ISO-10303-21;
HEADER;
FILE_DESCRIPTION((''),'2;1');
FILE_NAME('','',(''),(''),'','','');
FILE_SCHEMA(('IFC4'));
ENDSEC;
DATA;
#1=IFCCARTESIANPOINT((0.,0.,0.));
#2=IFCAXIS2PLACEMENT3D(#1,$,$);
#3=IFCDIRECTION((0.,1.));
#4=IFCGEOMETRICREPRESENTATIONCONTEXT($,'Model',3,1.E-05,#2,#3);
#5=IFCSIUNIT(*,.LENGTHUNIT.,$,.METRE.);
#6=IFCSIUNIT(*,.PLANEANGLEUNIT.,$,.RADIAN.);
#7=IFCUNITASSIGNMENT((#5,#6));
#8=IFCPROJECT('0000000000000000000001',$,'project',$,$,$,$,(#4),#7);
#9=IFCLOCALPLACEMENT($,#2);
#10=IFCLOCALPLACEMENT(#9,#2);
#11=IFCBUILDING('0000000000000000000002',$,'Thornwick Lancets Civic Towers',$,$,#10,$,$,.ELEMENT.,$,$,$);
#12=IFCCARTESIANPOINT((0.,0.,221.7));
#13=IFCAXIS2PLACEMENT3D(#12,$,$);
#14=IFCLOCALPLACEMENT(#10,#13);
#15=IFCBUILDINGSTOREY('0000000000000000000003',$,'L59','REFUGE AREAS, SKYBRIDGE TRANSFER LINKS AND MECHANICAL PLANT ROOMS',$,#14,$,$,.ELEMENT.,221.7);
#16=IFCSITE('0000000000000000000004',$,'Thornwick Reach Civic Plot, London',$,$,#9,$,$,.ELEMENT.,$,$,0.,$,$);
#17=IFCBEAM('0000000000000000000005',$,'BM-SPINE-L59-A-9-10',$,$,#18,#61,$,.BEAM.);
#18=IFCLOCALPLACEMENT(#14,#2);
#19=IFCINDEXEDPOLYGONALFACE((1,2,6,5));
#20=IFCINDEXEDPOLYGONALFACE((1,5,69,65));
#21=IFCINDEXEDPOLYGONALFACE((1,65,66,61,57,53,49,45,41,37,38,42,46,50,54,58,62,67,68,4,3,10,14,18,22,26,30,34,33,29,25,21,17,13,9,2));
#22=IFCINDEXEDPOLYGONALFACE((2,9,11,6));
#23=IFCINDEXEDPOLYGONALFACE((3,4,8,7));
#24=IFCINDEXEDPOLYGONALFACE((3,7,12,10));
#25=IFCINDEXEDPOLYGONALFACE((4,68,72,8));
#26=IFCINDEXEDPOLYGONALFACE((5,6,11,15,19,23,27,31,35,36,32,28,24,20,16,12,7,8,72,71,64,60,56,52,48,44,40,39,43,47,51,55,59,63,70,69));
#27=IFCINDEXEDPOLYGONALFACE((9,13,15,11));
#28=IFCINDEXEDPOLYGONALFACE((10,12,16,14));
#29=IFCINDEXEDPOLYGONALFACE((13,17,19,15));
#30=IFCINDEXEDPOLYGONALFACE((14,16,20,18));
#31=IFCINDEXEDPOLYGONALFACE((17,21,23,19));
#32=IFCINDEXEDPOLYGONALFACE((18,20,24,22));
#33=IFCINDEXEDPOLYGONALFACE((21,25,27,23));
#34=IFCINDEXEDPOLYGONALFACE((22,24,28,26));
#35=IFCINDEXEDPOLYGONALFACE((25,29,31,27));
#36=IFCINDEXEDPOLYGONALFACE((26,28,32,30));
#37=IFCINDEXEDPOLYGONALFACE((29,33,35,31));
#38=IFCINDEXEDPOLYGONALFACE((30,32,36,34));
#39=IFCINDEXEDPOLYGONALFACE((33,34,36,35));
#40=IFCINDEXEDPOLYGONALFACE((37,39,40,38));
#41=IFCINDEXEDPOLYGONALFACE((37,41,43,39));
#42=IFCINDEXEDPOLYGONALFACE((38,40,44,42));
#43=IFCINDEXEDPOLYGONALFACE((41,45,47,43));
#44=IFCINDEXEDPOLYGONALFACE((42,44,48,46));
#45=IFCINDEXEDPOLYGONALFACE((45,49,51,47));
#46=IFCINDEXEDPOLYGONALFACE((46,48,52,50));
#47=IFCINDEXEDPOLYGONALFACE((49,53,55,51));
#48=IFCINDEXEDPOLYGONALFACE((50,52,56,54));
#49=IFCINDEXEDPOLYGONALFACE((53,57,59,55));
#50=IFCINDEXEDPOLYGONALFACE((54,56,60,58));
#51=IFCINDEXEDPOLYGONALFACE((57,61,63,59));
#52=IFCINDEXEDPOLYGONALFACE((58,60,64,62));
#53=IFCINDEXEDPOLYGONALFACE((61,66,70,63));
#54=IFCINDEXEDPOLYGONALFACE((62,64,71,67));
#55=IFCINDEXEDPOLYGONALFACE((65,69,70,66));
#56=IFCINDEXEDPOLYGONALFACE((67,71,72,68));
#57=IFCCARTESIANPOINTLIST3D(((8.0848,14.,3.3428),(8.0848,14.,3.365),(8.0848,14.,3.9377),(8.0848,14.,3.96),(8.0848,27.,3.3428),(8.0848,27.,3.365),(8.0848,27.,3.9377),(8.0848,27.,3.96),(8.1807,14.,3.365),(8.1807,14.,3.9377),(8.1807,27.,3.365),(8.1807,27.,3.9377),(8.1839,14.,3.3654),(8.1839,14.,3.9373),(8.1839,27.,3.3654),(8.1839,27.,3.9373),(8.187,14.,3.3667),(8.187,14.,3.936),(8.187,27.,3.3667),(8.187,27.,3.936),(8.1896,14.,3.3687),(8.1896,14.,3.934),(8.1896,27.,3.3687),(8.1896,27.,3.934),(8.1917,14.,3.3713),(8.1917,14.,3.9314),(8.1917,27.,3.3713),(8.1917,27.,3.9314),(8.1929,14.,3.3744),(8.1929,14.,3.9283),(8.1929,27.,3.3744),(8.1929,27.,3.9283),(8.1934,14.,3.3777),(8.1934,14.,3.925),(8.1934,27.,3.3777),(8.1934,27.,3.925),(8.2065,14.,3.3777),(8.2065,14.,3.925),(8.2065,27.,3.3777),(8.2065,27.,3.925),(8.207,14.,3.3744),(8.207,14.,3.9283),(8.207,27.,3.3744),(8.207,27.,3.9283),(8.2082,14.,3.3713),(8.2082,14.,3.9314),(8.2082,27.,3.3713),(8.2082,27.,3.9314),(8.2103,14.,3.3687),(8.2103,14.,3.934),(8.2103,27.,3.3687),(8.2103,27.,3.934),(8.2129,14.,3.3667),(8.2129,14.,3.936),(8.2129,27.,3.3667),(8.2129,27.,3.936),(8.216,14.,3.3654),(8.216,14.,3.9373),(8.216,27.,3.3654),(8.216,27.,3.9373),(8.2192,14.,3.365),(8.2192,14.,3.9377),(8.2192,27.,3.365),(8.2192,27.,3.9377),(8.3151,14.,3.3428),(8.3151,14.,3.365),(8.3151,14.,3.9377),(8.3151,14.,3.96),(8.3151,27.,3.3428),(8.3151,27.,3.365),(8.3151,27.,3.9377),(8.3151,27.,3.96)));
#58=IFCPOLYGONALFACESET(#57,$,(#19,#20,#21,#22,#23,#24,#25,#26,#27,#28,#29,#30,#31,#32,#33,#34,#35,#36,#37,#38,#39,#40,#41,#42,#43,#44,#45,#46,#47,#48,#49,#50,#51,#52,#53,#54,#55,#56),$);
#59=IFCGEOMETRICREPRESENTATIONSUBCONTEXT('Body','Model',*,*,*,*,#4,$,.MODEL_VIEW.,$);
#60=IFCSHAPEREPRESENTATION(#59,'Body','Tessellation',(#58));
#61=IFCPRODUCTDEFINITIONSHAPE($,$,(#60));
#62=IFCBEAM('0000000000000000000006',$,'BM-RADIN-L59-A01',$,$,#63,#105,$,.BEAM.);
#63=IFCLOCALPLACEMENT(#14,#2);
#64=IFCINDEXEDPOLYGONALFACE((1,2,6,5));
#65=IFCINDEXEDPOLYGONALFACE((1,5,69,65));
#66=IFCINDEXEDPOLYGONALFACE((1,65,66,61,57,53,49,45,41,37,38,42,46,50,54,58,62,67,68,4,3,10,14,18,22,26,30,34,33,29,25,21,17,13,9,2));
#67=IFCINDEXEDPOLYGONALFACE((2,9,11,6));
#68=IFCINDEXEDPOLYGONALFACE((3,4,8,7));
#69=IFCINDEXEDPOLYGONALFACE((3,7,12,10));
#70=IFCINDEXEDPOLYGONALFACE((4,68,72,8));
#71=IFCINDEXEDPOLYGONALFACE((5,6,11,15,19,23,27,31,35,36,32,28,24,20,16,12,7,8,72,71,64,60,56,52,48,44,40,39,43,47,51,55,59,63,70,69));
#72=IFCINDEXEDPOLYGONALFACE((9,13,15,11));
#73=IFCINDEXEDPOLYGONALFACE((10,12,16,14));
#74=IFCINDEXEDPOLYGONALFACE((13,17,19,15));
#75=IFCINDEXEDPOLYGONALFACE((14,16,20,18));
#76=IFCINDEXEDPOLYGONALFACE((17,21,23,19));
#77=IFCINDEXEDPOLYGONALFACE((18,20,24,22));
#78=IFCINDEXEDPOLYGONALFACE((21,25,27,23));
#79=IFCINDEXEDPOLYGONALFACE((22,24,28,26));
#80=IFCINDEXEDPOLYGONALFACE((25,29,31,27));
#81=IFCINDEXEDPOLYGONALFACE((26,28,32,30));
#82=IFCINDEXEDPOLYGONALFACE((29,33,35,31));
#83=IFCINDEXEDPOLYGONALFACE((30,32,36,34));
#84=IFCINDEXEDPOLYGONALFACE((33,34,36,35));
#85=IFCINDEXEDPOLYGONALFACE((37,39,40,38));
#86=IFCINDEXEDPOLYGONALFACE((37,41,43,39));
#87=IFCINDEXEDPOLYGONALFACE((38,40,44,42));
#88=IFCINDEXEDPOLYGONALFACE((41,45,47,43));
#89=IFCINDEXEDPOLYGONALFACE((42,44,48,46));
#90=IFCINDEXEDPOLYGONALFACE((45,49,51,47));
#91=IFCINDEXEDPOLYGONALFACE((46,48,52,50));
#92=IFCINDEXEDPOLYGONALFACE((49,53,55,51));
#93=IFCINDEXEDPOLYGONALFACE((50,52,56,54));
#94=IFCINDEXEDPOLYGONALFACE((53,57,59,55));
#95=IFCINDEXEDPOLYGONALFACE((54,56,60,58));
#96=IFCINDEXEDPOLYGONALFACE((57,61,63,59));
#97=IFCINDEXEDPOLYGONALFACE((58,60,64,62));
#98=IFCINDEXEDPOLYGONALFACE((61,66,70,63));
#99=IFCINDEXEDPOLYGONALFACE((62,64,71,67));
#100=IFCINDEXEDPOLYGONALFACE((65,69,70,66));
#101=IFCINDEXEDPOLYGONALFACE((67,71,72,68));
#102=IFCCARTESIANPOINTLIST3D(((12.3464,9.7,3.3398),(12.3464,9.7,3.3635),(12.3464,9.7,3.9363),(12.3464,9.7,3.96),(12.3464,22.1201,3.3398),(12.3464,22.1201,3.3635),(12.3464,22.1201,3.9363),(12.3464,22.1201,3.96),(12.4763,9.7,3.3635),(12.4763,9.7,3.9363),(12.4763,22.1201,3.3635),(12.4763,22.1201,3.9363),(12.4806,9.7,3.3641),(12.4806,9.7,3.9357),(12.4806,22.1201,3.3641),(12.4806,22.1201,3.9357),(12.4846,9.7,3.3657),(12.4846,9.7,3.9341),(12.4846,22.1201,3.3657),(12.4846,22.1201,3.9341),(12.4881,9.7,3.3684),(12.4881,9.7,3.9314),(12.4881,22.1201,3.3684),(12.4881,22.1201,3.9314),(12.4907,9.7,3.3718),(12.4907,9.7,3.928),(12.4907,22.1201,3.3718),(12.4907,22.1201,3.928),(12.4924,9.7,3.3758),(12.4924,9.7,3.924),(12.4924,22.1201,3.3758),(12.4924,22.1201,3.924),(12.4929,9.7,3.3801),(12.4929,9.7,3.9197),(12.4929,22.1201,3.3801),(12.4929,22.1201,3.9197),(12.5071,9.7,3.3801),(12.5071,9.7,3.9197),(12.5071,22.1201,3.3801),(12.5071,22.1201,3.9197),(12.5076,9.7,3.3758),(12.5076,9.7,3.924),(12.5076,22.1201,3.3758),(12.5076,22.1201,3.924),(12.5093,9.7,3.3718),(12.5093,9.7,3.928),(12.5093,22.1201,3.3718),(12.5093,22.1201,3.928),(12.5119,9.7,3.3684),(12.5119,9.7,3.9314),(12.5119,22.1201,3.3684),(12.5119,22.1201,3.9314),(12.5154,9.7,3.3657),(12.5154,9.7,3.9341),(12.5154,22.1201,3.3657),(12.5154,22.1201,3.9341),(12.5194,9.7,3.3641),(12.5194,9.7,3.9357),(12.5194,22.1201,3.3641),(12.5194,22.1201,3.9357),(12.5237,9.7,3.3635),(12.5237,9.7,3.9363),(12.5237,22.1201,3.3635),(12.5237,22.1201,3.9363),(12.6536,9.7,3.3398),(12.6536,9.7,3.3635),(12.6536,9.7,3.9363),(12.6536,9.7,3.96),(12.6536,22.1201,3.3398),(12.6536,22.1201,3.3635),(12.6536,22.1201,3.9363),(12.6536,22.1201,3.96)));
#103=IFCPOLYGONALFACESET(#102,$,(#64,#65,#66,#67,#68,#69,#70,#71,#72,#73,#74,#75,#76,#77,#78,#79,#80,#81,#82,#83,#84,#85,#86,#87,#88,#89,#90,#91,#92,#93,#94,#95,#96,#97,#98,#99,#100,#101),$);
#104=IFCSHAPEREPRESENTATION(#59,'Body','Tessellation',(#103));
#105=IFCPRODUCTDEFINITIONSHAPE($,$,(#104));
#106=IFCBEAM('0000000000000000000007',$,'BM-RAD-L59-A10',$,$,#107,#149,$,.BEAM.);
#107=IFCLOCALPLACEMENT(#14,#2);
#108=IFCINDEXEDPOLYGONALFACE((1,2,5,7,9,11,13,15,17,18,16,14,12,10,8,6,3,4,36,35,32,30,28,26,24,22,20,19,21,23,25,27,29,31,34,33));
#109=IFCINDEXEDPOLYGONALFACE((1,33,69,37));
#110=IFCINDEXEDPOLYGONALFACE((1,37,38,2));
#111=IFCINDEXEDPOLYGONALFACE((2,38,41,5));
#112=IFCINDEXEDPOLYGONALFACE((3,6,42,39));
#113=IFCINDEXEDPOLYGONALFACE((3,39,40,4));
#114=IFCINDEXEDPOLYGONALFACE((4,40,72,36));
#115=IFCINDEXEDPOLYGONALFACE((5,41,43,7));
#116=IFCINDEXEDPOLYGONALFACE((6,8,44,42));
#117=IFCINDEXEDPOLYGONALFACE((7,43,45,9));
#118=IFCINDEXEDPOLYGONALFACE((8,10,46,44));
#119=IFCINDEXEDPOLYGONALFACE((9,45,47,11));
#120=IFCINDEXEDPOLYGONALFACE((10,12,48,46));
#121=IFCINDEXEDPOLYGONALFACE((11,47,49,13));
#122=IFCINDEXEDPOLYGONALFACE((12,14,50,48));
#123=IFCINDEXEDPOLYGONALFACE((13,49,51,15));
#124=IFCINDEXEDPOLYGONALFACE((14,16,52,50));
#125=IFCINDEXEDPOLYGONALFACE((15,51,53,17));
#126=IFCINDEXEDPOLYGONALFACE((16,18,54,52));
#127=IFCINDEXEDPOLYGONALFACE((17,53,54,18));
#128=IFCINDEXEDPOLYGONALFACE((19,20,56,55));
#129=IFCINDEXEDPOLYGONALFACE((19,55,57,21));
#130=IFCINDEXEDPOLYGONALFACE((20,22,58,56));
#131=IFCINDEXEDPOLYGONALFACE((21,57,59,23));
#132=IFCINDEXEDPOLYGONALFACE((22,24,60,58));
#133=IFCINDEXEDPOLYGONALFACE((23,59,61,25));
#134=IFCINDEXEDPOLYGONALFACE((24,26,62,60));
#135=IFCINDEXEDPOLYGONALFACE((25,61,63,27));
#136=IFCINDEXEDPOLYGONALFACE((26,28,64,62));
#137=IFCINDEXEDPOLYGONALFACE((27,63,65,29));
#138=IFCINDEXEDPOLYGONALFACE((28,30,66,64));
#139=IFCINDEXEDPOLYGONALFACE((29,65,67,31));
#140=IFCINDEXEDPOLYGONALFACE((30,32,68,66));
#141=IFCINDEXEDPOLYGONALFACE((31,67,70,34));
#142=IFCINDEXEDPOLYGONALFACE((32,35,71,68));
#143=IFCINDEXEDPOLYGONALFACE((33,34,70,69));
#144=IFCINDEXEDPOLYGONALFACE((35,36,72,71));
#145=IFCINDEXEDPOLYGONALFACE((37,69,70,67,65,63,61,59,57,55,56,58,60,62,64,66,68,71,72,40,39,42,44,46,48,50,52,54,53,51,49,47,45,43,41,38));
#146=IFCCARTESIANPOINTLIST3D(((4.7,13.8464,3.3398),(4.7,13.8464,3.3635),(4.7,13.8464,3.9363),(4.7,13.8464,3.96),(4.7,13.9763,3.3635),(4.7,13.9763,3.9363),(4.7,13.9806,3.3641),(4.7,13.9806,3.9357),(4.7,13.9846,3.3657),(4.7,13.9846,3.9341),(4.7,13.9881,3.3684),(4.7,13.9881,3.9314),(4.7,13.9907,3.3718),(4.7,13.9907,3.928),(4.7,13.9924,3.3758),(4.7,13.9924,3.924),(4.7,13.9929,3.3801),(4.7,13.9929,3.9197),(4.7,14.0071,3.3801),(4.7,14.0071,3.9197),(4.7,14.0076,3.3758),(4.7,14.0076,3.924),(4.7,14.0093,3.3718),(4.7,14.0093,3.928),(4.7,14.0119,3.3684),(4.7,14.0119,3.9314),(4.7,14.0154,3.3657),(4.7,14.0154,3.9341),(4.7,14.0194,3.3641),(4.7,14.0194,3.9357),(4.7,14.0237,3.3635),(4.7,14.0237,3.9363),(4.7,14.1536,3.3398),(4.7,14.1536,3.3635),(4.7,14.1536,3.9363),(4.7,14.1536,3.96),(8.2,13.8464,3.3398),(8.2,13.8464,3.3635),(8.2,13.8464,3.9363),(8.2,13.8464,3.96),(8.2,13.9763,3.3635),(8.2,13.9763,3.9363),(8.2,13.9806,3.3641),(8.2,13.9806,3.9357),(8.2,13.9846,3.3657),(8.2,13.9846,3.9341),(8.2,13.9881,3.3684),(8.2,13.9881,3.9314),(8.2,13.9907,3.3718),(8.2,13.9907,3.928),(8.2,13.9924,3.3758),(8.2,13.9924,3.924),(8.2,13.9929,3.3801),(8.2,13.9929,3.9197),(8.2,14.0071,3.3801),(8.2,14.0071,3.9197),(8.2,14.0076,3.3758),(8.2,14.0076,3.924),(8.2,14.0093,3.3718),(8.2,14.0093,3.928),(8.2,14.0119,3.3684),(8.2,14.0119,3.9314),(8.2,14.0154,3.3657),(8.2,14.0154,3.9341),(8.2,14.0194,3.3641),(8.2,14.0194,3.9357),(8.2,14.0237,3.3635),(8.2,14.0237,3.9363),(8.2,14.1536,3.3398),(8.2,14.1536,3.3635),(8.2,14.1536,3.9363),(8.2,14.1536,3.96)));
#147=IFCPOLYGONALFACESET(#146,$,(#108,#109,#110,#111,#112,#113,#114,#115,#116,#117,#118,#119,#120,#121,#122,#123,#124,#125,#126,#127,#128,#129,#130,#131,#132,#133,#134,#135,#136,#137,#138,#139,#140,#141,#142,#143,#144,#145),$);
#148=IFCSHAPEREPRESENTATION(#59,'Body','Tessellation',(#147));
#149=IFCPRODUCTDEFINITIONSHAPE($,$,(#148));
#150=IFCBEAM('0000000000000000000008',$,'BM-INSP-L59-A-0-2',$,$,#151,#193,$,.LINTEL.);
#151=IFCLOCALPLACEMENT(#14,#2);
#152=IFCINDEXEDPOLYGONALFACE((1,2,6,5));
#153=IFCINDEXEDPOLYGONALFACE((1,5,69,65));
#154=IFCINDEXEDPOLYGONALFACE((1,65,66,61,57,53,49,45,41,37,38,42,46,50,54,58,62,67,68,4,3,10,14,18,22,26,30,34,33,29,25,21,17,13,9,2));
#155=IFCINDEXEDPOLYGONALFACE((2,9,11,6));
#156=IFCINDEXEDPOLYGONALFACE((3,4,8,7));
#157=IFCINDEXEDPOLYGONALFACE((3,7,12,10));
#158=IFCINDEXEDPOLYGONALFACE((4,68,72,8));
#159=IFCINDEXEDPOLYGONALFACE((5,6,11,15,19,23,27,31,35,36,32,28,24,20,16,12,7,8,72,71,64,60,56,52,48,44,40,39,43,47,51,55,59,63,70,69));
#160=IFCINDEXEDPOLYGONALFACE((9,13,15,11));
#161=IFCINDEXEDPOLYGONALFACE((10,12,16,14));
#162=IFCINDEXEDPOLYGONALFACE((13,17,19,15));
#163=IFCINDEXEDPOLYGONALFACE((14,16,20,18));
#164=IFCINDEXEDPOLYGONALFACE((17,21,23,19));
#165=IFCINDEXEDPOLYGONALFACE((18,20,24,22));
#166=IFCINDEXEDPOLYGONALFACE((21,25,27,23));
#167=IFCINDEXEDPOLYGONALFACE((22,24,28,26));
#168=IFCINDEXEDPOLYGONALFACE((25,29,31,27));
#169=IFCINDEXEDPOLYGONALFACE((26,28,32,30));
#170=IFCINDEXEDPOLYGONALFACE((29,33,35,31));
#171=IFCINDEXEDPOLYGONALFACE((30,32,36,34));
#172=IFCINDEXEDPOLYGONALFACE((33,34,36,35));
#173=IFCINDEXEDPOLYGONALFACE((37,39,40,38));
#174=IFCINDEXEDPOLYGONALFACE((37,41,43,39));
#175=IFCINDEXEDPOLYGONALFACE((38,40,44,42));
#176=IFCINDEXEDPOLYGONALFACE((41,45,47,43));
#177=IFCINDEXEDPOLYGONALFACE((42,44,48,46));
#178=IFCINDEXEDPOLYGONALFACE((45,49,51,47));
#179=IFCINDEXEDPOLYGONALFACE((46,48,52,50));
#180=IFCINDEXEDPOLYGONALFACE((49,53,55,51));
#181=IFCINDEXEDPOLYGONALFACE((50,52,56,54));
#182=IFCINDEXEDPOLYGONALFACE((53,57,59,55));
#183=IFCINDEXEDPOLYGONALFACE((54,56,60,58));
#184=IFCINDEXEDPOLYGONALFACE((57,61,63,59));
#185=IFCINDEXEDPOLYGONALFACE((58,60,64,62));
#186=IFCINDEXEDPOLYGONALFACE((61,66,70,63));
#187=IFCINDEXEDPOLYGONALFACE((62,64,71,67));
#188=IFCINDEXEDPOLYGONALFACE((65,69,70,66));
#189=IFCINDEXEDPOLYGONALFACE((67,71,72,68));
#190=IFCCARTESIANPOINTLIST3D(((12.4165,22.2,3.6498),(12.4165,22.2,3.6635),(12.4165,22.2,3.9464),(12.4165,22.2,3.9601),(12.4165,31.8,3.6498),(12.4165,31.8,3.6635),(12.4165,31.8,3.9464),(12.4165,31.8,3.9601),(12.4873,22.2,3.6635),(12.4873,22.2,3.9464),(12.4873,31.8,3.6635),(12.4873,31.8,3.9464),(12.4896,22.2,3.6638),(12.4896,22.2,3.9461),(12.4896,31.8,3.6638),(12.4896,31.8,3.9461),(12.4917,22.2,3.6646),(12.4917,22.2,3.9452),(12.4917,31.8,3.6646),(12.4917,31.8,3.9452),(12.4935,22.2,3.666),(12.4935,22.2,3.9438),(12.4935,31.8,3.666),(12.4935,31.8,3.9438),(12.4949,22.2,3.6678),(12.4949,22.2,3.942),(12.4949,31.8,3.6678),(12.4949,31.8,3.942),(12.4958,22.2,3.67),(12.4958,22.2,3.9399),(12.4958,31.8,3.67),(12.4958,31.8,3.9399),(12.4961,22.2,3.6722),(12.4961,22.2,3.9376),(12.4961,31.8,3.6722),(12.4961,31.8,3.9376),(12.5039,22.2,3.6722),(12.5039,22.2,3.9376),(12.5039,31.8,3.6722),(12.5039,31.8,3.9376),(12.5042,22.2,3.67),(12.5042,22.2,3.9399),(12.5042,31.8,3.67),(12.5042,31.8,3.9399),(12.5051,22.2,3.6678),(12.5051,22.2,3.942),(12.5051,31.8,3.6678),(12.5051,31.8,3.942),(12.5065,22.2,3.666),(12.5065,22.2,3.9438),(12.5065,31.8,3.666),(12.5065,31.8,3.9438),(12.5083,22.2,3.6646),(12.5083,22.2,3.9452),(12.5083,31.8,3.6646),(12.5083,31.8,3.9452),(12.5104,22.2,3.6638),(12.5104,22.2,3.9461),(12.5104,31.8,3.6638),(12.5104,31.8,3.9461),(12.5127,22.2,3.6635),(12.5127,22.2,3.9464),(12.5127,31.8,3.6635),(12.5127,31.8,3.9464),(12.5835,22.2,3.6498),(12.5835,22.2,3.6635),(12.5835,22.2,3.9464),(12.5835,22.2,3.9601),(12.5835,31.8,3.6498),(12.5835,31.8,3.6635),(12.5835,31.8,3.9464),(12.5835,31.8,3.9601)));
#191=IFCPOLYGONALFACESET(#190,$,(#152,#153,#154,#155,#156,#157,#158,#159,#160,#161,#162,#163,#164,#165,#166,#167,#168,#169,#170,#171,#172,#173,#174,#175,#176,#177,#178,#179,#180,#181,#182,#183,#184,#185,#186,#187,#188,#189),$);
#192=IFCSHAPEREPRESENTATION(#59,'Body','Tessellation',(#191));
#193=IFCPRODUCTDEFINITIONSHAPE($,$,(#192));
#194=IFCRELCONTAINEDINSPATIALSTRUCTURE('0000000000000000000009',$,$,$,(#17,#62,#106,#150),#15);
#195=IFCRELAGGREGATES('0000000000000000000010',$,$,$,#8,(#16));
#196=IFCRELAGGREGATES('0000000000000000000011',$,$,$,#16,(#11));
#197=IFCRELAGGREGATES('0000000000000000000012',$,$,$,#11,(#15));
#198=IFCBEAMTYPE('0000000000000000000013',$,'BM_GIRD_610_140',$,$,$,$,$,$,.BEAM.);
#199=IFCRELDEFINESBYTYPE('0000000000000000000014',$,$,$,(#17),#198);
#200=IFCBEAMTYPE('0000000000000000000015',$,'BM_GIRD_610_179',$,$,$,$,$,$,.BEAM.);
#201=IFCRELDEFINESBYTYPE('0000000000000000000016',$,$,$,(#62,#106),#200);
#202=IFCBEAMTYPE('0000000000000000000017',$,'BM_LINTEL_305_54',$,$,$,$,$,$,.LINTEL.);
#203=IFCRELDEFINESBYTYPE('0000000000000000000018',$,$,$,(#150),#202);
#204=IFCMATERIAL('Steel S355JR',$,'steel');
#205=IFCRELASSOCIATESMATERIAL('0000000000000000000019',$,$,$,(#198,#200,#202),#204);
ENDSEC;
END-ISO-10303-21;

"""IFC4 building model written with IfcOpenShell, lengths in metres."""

from ifc_helpers import new_model, si_unit, direction, frame, origin, origin_2d, place, context, subcontext, project, spatial, i_section, extrude, material, material_profile, profile_set, type_object, element, save


model = new_model("IFC4")

# Units and contexts
model_context = context("Model", 3, precision=1e-05, world=origin(), true_north=direction((0.0, 1.0)))
body_context = subcontext(model_context, "Body", "Model", "MODEL_VIEW")
ifc_project = project(units=[si_unit("LENGTHUNIT", "METRE"), si_unit("PLANEANGLEUNIT", "RADIAN")], contexts=[model_context])

# Site, building, storey
site_placement = place(None, origin())
site = spatial("IfcSite", under=ifc_project, at=site_placement, Name="Thornwick Reach Civic Plot, London", CompositionType="ELEMENT", RefElevation=0.0)
building_placement = place(site_placement, origin())
building = spatial("IfcBuilding", under=site, at=building_placement, Name="Thornwick Lancets Civic Towers", CompositionType="ELEMENT")
storey_placement = place(building_placement, frame((0.0, 0.0, 221.7)))
storey = spatial("IfcBuildingStorey", under=building, at=storey_placement, Name="L59", Description="REFUGE AREAS, SKYBRIDGE TRANSFER LINKS AND MECHANICAL PLANT ROOMS", CompositionType="ELEMENT", Elevation=221.7)

# Shared definitions
ifc_material_1 = material(Name="Steel S355JR", Category="steel")

# Beams
ifc_material_profile_1 = material_profile(ifc_material_1, i_section(OverallWidth=0.2302, OverallDepth=0.6172, WebThickness=0.0132, FlangeThickness=0.0222, FilletRadius=0.0127, at=origin_2d()), Name="UKB 610x229x140")
ifc_profile_set_1 = profile_set([ifc_material_profile_1], Name="Steel S355JR")
beam_type_1 = type_object("IfcBeamType", Name="BM_GIRD_610_140", PredefinedType="BEAM", material=ifc_profile_set_1)
for number, where, z_axis, x_axis, name in (
    (1, (8.2, 14.0, 3.6514), (0.0, 1.0, 0.0), (-1.0, 0.0, 0.0), "BM-SPINE-L59-A-9-10"),
):
    element("IfcBeam", number, at=place(storey_placement, frame(where, z_axis=z_axis, x_axis=x_axis)), inside=storey, type_object=beam_type_1, Name=name, PredefinedType="BEAM", context=body_context, shape_type="SweptSolid", body=[
        extrude(i_section(OverallWidth=0.2302, OverallDepth=0.6172, WebThickness=0.0132, FlangeThickness=0.0222, FilletRadius=0.0127, at=origin_2d()), origin(), (0.0, 0.0, 1.0), 13.0),
    ])
ifc_material_profile_2 = material_profile(ifc_material_1, i_section(OverallWidth=0.3071, OverallDepth=0.6201, WebThickness=0.0142, FlangeThickness=0.0237, FilletRadius=0.0166, at=origin_2d()), Name="UKB 610x305x179")
ifc_profile_set_2 = profile_set([ifc_material_profile_2], Name="Steel S355JR")
beam_type_2 = type_object("IfcBeamType", Name="BM_GIRD_610_179", PredefinedType="BEAM", material=ifc_profile_set_2)
beam_1_placement = place(storey_placement, frame((12.5, 22.1201, 3.6499), z_axis=(0.0, -1.0, 0.0), x_axis=(1.0, 0.0, 0.0)))
element("IfcBeam", 2, at=beam_1_placement, inside=storey, type_object=beam_type_2, Name="BM-RADIN-L59-A01", PredefinedType="BEAM", context=body_context, shape_type="SweptSolid", body=[
    extrude(i_section(OverallWidth=0.3071, OverallDepth=0.6201, WebThickness=0.0142, FlangeThickness=0.0237, FilletRadius=0.0166, at=origin_2d()), origin(), (0.0, 0.0, 1.0), 12.4202),
])
beam_2_placement = place(storey_placement, frame((8.2, 14.0, 3.6499), z_axis=(-1.0, 0.0, 0.0), x_axis=(0.0, -1.0, 0.0)))
element("IfcBeam", 3, at=beam_2_placement, inside=storey, type_object=beam_type_2, Name="BM-RAD-L59-A10", PredefinedType="BEAM", context=body_context, shape_type="SweptSolid", body=[
    extrude(i_section(OverallWidth=0.3071, OverallDepth=0.6201, WebThickness=0.0142, FlangeThickness=0.0237, FilletRadius=0.0166, at=origin_2d()), origin(), (0.0, 0.0, 1.0), 3.5),
])
ifc_material_profile_3 = material_profile(ifc_material_1, i_section(OverallWidth=0.167, OverallDepth=0.3103, WebThickness=0.0078, FlangeThickness=0.0137, FilletRadius=0.0088, at=origin_2d()), Name="UKB 305x165x54")
ifc_profile_set_3 = profile_set([ifc_material_profile_3], Name="Steel S355JR")
beam_type_3 = type_object("IfcBeamType", Name="BM_LINTEL_305_54", PredefinedType="LINTEL", material=ifc_profile_set_3)
beam_3_placement = place(storey_placement, frame((12.5, 22.2, 3.8049), z_axis=(0.0, 1.0, 0.0), x_axis=(-1.0, 0.0, 0.0)))
element("IfcBeam", 4, at=beam_3_placement, inside=storey, type_object=beam_type_3, Name="BM-INSP-L59-A-0-2", PredefinedType="LINTEL", context=body_context, shape_type="SweptSolid", body=[
    extrude(i_section(OverallWidth=0.167, OverallDepth=0.3103, WebThickness=0.0078, FlangeThickness=0.0137, FilletRadius=0.0088, at=origin_2d()), origin(), (0.0, 0.0, 1.0), 9.6001),
])

save(model, "model.ifc")
